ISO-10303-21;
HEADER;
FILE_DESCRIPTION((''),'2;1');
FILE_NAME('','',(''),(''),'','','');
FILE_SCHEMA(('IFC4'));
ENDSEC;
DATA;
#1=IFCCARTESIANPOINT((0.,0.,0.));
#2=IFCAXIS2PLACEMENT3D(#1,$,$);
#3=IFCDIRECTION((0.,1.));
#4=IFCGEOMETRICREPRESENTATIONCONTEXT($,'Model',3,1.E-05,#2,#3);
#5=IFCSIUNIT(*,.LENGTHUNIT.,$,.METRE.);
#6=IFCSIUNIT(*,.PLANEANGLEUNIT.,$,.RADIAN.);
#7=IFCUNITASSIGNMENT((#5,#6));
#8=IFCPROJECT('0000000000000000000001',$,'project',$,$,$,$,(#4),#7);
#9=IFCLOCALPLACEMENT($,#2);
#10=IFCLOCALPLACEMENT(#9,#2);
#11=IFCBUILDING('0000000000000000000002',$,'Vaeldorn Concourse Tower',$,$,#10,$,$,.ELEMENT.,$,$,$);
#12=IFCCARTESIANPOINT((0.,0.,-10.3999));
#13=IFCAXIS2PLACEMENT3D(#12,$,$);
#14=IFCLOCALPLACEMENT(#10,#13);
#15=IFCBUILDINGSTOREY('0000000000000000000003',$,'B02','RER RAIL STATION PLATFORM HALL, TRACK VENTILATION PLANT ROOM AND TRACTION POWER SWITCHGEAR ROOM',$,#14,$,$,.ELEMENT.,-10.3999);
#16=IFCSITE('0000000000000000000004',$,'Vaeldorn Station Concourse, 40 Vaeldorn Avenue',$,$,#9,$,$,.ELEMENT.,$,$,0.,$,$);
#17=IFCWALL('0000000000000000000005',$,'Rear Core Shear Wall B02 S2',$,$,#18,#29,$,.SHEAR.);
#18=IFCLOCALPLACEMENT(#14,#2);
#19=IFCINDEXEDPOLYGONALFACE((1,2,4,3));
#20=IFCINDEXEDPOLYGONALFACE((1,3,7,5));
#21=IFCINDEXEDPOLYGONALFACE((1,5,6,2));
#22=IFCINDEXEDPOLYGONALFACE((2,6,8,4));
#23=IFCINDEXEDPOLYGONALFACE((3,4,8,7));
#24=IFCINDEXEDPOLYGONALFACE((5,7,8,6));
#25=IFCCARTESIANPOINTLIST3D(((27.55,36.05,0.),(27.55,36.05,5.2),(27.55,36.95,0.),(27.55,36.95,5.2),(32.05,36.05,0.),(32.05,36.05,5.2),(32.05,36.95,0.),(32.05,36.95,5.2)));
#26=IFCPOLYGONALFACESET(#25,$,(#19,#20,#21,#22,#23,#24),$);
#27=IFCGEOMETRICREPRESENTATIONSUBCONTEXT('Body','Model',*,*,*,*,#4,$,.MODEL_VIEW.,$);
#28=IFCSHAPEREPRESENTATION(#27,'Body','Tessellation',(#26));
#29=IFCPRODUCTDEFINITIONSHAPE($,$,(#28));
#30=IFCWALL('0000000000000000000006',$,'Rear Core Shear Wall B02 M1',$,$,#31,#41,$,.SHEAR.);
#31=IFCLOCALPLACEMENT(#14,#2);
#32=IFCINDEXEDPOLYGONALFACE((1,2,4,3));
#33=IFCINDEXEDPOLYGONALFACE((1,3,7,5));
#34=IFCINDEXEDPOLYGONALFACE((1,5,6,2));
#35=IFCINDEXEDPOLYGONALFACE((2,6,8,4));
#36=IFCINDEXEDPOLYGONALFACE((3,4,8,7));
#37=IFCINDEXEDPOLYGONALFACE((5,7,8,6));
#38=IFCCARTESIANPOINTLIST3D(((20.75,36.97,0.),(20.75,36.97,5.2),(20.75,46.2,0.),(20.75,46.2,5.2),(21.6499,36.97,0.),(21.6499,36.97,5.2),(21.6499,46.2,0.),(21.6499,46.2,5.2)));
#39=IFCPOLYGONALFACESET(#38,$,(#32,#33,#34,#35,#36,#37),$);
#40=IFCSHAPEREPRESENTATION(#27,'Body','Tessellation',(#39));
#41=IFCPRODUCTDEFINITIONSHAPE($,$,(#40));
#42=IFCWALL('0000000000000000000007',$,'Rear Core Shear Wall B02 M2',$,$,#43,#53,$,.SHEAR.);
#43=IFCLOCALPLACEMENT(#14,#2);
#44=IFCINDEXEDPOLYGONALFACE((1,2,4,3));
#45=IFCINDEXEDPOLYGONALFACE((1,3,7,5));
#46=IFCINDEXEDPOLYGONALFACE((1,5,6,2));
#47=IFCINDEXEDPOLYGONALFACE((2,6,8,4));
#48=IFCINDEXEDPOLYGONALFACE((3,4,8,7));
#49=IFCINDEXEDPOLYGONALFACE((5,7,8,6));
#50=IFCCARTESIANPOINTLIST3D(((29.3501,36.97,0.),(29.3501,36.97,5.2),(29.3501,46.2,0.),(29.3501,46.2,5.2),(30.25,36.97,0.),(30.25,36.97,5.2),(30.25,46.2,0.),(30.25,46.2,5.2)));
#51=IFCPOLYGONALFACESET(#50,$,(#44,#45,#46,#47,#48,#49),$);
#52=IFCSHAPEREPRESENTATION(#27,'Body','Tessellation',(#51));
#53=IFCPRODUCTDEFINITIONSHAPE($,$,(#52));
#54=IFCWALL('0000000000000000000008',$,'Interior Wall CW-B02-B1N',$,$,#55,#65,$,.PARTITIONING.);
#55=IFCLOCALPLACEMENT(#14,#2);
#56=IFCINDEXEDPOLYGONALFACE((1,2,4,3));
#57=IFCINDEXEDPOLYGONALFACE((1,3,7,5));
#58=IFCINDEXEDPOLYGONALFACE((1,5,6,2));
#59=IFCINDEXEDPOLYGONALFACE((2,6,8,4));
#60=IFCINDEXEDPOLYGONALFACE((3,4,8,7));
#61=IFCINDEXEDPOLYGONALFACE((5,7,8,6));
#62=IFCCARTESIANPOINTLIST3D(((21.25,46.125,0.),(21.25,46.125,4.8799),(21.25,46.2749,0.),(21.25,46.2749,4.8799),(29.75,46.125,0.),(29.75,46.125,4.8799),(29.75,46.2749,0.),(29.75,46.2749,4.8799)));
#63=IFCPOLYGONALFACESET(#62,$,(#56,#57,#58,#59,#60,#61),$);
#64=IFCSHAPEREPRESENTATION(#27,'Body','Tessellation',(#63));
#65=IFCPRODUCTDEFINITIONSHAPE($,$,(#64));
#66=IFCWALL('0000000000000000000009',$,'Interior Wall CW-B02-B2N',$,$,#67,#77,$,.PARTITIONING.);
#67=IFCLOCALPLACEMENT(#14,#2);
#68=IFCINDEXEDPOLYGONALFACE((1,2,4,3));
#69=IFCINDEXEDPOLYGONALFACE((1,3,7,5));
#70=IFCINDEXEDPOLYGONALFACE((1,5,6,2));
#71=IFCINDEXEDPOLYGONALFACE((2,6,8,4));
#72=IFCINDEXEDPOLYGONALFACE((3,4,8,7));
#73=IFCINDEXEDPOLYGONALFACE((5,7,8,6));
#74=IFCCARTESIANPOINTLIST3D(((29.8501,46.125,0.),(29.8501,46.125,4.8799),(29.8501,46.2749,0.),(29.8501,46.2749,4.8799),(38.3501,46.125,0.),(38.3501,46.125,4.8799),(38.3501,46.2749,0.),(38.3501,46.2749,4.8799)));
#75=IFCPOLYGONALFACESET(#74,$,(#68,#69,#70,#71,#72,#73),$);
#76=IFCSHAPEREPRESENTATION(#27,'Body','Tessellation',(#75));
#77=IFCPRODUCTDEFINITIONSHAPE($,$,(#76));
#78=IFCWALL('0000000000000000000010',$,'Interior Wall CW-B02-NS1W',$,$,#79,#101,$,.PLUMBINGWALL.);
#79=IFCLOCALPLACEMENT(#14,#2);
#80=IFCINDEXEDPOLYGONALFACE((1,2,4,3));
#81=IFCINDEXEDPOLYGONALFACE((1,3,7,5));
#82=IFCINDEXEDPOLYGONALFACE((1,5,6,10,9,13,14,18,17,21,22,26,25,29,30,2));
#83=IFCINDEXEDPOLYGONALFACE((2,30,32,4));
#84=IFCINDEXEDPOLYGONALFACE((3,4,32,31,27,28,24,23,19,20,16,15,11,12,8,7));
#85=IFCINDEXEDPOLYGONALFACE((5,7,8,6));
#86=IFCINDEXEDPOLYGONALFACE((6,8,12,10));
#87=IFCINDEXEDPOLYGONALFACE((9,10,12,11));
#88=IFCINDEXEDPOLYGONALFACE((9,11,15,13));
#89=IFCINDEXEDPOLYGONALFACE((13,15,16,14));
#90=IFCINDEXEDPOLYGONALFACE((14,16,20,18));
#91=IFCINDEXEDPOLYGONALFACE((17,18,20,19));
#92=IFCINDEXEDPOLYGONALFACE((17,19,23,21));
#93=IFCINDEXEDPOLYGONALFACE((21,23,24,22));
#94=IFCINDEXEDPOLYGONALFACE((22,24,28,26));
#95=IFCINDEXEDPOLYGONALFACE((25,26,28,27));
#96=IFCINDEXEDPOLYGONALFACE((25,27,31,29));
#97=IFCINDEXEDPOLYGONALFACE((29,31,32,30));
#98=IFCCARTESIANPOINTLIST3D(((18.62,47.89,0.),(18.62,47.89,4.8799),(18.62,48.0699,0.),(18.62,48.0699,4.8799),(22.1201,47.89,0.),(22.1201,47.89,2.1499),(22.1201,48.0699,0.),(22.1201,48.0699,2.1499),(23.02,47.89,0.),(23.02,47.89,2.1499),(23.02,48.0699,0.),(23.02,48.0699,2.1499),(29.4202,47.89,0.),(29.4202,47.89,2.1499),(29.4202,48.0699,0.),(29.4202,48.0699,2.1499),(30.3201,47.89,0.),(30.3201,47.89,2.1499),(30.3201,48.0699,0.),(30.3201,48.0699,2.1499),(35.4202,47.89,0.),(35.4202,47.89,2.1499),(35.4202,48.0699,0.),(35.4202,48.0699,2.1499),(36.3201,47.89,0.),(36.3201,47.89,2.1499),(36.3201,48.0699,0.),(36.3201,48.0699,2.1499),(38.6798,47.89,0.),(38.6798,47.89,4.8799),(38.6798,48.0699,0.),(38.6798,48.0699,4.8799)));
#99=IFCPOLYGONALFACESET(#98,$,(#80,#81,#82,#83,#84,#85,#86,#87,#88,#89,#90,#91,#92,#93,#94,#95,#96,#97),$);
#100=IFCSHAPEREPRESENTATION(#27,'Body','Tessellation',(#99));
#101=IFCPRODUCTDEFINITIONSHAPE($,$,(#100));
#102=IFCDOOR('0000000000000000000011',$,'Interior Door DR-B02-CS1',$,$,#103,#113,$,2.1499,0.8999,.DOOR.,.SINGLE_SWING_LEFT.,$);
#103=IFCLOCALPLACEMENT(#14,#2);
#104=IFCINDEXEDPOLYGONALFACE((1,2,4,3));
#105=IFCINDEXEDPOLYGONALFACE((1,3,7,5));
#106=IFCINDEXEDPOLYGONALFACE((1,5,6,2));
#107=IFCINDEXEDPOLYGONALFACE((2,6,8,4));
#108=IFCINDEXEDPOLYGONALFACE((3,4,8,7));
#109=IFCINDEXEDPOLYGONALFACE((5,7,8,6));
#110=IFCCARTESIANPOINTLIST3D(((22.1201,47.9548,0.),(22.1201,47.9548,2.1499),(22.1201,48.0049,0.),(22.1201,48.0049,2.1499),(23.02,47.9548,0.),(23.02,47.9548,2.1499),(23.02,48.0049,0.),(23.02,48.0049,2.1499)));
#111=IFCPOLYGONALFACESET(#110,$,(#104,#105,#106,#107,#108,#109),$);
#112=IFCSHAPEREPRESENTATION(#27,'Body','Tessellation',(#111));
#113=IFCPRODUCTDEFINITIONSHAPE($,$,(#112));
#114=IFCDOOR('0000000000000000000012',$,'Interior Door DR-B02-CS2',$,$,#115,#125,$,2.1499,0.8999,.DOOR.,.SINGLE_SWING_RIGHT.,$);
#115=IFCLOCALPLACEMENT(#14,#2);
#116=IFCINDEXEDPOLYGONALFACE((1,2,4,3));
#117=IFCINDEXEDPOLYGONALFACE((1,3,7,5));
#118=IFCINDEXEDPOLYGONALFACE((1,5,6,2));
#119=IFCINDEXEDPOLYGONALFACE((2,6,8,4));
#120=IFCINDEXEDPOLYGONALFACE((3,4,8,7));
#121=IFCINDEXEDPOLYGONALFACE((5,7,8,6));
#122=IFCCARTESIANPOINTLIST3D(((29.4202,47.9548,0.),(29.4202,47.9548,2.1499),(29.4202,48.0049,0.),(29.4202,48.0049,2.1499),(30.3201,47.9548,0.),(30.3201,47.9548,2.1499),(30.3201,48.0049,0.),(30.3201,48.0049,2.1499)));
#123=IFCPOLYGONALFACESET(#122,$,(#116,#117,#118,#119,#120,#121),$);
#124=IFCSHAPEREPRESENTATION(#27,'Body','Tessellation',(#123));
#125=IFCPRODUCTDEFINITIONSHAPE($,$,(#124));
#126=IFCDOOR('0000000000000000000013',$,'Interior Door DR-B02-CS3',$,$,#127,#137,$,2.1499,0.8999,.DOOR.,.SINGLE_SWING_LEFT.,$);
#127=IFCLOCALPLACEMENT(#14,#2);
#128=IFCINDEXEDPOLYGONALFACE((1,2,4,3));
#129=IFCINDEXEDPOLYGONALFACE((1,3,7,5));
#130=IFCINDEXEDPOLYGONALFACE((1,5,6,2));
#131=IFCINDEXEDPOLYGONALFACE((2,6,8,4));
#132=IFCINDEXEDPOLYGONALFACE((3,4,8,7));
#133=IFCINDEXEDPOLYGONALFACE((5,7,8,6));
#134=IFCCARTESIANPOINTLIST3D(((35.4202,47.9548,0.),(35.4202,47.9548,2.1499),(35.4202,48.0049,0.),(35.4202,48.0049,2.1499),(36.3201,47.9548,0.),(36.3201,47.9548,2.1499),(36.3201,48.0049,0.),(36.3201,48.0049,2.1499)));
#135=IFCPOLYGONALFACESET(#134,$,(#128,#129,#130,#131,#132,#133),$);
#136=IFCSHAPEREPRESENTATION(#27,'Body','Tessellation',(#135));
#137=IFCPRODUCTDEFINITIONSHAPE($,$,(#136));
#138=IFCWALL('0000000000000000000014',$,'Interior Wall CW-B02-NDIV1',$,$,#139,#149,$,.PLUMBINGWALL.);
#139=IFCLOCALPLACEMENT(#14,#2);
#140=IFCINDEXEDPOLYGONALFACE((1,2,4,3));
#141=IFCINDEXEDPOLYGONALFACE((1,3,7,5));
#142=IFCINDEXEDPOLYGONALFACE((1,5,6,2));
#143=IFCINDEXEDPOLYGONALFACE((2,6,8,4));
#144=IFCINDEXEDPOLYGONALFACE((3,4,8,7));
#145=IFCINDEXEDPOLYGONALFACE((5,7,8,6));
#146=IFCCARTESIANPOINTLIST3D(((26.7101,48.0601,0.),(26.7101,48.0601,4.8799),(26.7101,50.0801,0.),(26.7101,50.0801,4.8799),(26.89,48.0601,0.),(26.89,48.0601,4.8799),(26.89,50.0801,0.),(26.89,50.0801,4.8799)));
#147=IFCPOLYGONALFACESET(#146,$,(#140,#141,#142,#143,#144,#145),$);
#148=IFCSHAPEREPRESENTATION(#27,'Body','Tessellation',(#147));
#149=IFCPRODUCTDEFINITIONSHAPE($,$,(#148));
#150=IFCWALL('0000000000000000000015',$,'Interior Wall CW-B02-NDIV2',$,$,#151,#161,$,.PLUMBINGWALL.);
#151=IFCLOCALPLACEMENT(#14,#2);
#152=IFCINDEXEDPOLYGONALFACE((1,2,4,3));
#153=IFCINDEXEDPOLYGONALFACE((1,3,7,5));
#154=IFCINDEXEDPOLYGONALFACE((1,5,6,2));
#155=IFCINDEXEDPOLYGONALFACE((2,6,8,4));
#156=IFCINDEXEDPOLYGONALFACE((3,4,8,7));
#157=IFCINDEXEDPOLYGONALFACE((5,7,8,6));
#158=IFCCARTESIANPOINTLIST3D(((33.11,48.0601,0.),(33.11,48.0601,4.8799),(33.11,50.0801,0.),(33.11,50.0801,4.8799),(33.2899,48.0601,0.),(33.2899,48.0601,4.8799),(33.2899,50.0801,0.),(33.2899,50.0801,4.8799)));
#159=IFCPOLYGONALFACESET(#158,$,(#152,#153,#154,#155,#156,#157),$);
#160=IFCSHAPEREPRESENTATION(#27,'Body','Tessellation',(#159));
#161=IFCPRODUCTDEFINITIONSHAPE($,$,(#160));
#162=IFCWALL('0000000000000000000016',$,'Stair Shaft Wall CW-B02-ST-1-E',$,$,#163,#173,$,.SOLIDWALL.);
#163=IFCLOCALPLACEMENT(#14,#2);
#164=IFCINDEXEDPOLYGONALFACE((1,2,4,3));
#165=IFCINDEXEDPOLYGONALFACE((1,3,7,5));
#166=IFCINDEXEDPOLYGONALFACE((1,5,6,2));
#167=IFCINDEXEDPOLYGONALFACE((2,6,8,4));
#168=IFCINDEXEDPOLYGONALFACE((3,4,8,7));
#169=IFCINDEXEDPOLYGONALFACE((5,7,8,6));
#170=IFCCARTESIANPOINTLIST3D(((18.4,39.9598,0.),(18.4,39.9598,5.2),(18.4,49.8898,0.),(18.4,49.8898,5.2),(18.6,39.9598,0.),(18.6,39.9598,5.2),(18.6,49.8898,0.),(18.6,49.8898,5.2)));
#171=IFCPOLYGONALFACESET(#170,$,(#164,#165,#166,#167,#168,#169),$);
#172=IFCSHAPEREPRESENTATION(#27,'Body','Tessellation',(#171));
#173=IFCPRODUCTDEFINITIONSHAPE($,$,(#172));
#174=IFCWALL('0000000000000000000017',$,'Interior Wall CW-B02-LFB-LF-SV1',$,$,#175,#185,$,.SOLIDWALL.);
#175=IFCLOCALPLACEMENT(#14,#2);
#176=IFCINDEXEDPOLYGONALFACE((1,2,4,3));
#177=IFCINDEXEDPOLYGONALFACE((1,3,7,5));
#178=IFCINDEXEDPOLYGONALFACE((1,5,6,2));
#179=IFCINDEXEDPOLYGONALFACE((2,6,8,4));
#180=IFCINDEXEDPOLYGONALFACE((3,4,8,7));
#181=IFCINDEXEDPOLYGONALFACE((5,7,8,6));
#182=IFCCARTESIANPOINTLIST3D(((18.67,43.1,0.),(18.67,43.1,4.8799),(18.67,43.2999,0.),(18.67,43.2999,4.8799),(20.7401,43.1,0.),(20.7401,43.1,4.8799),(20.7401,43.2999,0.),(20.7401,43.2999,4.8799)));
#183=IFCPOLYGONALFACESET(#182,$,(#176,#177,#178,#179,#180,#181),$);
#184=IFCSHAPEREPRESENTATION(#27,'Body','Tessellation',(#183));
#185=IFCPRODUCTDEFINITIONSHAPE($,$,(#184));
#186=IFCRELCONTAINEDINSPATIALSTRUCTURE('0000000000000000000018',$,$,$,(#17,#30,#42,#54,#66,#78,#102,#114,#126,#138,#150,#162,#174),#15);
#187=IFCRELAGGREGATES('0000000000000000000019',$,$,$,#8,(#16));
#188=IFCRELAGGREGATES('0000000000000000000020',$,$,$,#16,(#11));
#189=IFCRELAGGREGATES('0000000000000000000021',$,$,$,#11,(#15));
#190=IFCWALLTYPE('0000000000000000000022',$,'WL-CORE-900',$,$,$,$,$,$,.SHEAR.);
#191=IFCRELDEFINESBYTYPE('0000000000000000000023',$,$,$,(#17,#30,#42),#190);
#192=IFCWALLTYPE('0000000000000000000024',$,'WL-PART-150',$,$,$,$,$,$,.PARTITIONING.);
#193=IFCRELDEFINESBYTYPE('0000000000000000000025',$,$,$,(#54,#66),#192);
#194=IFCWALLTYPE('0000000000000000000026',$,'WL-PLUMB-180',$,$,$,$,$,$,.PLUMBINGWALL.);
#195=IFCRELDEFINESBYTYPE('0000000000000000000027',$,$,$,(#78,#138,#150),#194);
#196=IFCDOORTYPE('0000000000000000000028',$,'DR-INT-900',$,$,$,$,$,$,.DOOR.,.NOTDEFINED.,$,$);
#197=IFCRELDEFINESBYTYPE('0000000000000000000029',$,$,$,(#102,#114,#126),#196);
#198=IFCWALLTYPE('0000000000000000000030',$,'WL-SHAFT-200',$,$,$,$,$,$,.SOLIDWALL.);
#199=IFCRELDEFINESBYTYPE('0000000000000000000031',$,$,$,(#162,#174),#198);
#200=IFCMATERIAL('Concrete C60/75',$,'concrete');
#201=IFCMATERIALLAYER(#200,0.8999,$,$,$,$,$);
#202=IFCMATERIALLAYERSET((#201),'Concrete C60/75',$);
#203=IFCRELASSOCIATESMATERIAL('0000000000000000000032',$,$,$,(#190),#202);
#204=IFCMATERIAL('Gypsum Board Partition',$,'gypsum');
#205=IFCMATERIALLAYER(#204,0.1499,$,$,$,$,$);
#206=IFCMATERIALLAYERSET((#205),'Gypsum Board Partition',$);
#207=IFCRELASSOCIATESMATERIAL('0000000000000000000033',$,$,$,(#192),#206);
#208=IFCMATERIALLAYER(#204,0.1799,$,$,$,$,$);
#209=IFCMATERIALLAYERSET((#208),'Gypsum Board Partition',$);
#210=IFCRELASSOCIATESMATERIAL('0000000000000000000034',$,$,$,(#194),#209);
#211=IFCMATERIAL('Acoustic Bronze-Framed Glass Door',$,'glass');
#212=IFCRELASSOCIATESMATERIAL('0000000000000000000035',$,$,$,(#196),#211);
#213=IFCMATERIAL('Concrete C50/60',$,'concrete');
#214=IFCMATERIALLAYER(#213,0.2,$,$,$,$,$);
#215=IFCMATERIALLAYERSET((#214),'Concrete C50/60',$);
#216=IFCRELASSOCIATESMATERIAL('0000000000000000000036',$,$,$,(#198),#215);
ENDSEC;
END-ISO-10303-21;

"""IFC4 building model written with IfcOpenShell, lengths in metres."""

from ifc_helpers import new_model, si_unit, direction, frame, frame_2d, origin, place, context, subcontext, project, spatial, rectangle, extrude, source, transform, mapped, material, layer, layer_set, type_object, element, fill, save


model = new_model("IFC4")

# Units and contexts
model_context = context("Model", 3, precision=1e-05, world=origin(), true_north=direction((0.0, 1.0)))
body_context = subcontext(model_context, "Body", "Model", "MODEL_VIEW")
ifc_project = project(units=[si_unit("LENGTHUNIT", "METRE"), si_unit("PLANEANGLEUNIT", "RADIAN")], contexts=[model_context])

# Site, building, storey
site_placement = place(None, origin())
site = spatial("IfcSite", under=ifc_project, at=site_placement, Name="Vaeldorn Station Concourse, 40 Vaeldorn Avenue", CompositionType="ELEMENT", RefElevation=0.0)
building_placement = place(site_placement, origin())
building = spatial("IfcBuilding", under=site, at=building_placement, Name="Vaeldorn Concourse Tower", CompositionType="ELEMENT")
storey_placement = place(building_placement, frame((0.0, 0.0, -10.3999)))
storey = spatial("IfcBuildingStorey", under=building, at=storey_placement, Name="B02", Description="RER RAIL STATION PLATFORM HALL, TRACK VENTILATION PLANT ROOM AND TRACTION POWER SWITCHGEAR ROOM", CompositionType="ELEMENT", Elevation=-10.3999)

# Walls
ifc_material_1 = material(Name="Concrete C60/75", Category="concrete")
ifc_layer_1 = layer(ifc_material_1, 0.8999)
ifc_layer_set_1 = layer_set([ifc_layer_1], Name="Concrete C60/75")
wall_type_1 = type_object("IfcWallType", Name="WL-CORE-900", PredefinedType="SHEAR", material=ifc_layer_set_1)
wall_1_placement = place(storey_placement, frame((27.55, 36.5, 0.0), z_axis=(0.0, 0.0, 1.0), x_axis=(1.0, 0.0, 0.0)))
element("IfcWall", 1, at=wall_1_placement, inside=storey, type_object=wall_type_1, Name="Rear Core Shear Wall B02 S2", PredefinedType="SHEAR", context=body_context, shape_type="SweptSolid", body=[
    extrude(rectangle(XDim=4.5, YDim=0.8999, at=frame_2d((2.25, 0.0))), origin(), (0.0, 0.0, 1.0), 5.2),
])
for number, where, z_axis, x_axis, name in (
    (2, (21.2, 36.97, 0.0), (0.0, 0.0, 1.0), (0.0, 1.0, 0.0), "Rear Core Shear Wall B02 M1"),
    (3, (29.8, 36.97, 0.0), (0.0, 0.0, 1.0), (0.0, 1.0, 0.0), "Rear Core Shear Wall B02 M2"),
):
    element("IfcWall", number, at=place(storey_placement, frame(where, z_axis=z_axis, x_axis=x_axis)), inside=storey, type_object=wall_type_1, Name=name, PredefinedType="SHEAR", context=body_context, shape_type="SweptSolid", body=[
        extrude(rectangle(XDim=9.23, YDim=0.8999, at=frame_2d((4.615, 0.0))), origin(), (0.0, 0.0, 1.0), 5.2),
    ])
ifc_material_2 = material(Name="Gypsum Board Partition", Category="gypsum")
ifc_layer_2 = layer(ifc_material_2, 0.1499)
ifc_layer_set_2 = layer_set([ifc_layer_2], Name="Gypsum Board Partition")
wall_type_2 = type_object("IfcWallType", Name="WL-PART-150", PredefinedType="PARTITIONING", material=ifc_layer_set_2)
for number, where, z_axis, x_axis, name in (
    (4, (21.25, 46.2, 0.0), (0.0, 0.0, 1.0), (1.0, 0.0, 0.0), "Interior Wall CW-B02-B1N"),
    (5, (29.8501, 46.2, 0.0), (0.0, 0.0, 1.0), (1.0, 0.0, 0.0), "Interior Wall CW-B02-B2N"),
):
    element("IfcWall", number, at=place(storey_placement, frame(where, z_axis=z_axis, x_axis=x_axis)), inside=storey, type_object=wall_type_2, Name=name, PredefinedType="PARTITIONING", context=body_context, shape_type="SweptSolid", body=[
        extrude(rectangle(XDim=8.5, YDim=0.1499, at=frame_2d((4.25, 0.0))), origin(), (0.0, 0.0, 1.0), 4.8799),
    ])

# Wall, openings, doors
ifc_layer_3 = layer(ifc_material_2, 0.1799)
ifc_layer_set_3 = layer_set([ifc_layer_3], Name="Gypsum Board Partition")
wall_type_3 = type_object("IfcWallType", Name="WL-PLUMB-180", PredefinedType="PLUMBINGWALL", material=ifc_layer_set_3)
wall_2_placement = place(storey_placement, frame((18.6201, 47.98, 0.0), z_axis=(0.0, 0.0, 1.0), x_axis=(1.0, 0.0, 0.0)))
wall_2 = element("IfcWall", 6, at=wall_2_placement, inside=storey, type_object=wall_type_3, Name="Interior Wall CW-B02-NS1W", PredefinedType="PLUMBINGWALL", context=body_context, shape_type="SweptSolid", body=[
    extrude(rectangle(XDim=20.0598, YDim=0.1799, at=frame_2d((10.0298, 0.0))), origin(), (0.0, 0.0, 1.0), 4.8799),
])
opening_1_placement = place(wall_2_placement, frame((3.5, 0.0, 0.0)))
opening_1 = element("IfcOpeningElement", 7, at=opening_1_placement, cuts=wall_2, PredefinedType="OPENING", context=body_context, shape_type="SweptSolid", body=[
    extrude(rectangle(XDim=0.8999, YDim=2.1499, at=frame_2d((0.45, 1.075))), frame((0.0, 0.1001, 0.0), z_axis=(0.0, -1.0, 0.0), x_axis=(1.0, 0.0, 0.0)), (0.0, 0.0, 1.0), 0.2),
])
opening_2_placement = place(wall_2_placement, frame((10.8, 0.0, 0.0)))
opening_2 = element("IfcOpeningElement", 8, at=opening_2_placement, cuts=wall_2, PredefinedType="OPENING", context=body_context, shape_type="SweptSolid", body=[
    extrude(rectangle(XDim=0.8999, YDim=2.1499, at=frame_2d((0.45, 1.075))), frame((0.0, 0.1001, 0.0), z_axis=(0.0, -1.0, 0.0), x_axis=(1.0, 0.0, 0.0)), (0.0, 0.0, 1.0), 0.2),
])
opening_3_placement = place(wall_2_placement, frame((16.8, 0.0, 0.0)))
opening_3 = element("IfcOpeningElement", 9, at=opening_3_placement, cuts=wall_2, PredefinedType="OPENING", context=body_context, shape_type="SweptSolid", body=[
    extrude(rectangle(XDim=0.8999, YDim=2.1499, at=frame_2d((0.45, 1.075))), frame((0.0, 0.1001, 0.0), z_axis=(0.0, -1.0, 0.0), x_axis=(1.0, 0.0, 0.0)), (0.0, 0.0, 1.0), 0.2),
])
ifc_material_3 = material(Name="Acoustic Bronze-Framed Glass Door", Category="glass")
door_type_1 = type_object("IfcDoorType", Name="DR-INT-900", OperationType="NOTDEFINED", PredefinedType="DOOR", material=ifc_material_3)
shared_shape_1 = source(origin(), body_context, "Body", "SweptSolid", [
    extrude(rectangle(XDim=0.8999, YDim=2.1499, at=frame_2d((0.45, 1.075))), frame((0.0, 0.0249, 0.0), z_axis=(0.0, -1.0, 0.0), x_axis=(1.0, 0.0, 0.0)), (0.0, 0.0, 1.0), 0.05),
])
door_1_placement = place(opening_1_placement, origin())
door_1 = element("IfcDoor", 10, at=door_1_placement, inside=storey, type_object=door_type_1, Name="Interior Door DR-B02-CS1", OperationType="SINGLE_SWING_LEFT", OverallHeight=2.1499, OverallWidth=0.8999, PredefinedType="DOOR", context=body_context, shape_type="MappedRepresentation", body=[
    mapped(shared_shape_1, transform((0.0, 0.0, 0.0), scale=1.0)),
])
fill(opening_1, door_1)
door_2_placement = place(opening_2_placement, origin())
door_2 = element("IfcDoor", 11, at=door_2_placement, inside=storey, type_object=door_type_1, Name="Interior Door DR-B02-CS2", OperationType="SINGLE_SWING_RIGHT", OverallHeight=2.1499, OverallWidth=0.8999, PredefinedType="DOOR", context=body_context, shape_type="MappedRepresentation", body=[
    mapped(shared_shape_1, transform((0.0, 0.0, 0.0), scale=1.0)),
])
fill(opening_2, door_2)
door_3_placement = place(opening_3_placement, origin())
door_3 = element("IfcDoor", 12, at=door_3_placement, inside=storey, type_object=door_type_1, Name="Interior Door DR-B02-CS3", OperationType="SINGLE_SWING_LEFT", OverallHeight=2.1499, OverallWidth=0.8999, PredefinedType="DOOR", context=body_context, shape_type="MappedRepresentation", body=[
    mapped(shared_shape_1, transform((0.0, 0.0, 0.0), scale=1.0)),
])
fill(opening_3, door_3)

# Walls
for number, where, z_axis, x_axis, name in (
    (13, (26.8, 48.0601, 0.0), (0.0, 0.0, 1.0), (0.0, 1.0, 0.0), "Interior Wall CW-B02-NDIV1"),
    (14, (33.2, 48.0601, 0.0), (0.0, 0.0, 1.0), (0.0, 1.0, 0.0), "Interior Wall CW-B02-NDIV2"),
):
    element("IfcWall", number, at=place(storey_placement, frame(where, z_axis=z_axis, x_axis=x_axis)), inside=storey, type_object=wall_type_3, Name=name, PredefinedType="PLUMBINGWALL", context=body_context, shape_type="SweptSolid", body=[
        extrude(rectangle(XDim=2.02, YDim=0.1799, at=frame_2d((1.01, 0.0))), origin(), (0.0, 0.0, 1.0), 4.8799),
    ])
ifc_material_4 = material(Name="Concrete C50/60", Category="concrete")
ifc_layer_4 = layer(ifc_material_4, 0.2)
ifc_layer_set_4 = layer_set([ifc_layer_4], Name="Concrete C50/60")
wall_type_4 = type_object("IfcWallType", Name="WL-SHAFT-200", PredefinedType="SOLIDWALL", material=ifc_layer_set_4)
wall_3_placement = place(storey_placement, frame((18.5, 39.96, 0.0), z_axis=(0.0, 0.0, 1.0), x_axis=(0.0, 1.0, 0.0)))
element("IfcWall", 15, at=wall_3_placement, inside=storey, type_object=wall_type_4, Name="Stair Shaft Wall CW-B02-ST-1-E", PredefinedType="SOLIDWALL", context=body_context, shape_type="SweptSolid", body=[
    extrude(rectangle(XDim=9.9299, YDim=0.2, at=frame_2d((4.9648, 0.0))), origin(), (0.0, 0.0, 1.0), 5.2),
])

# Wall
wall_4_placement = place(storey_placement, frame((18.6699, 43.2, 0.0), z_axis=(0.0, 0.0, 1.0), x_axis=(1.0, 0.0, 0.0)))
element("IfcWall", 16, at=wall_4_placement, inside=storey, type_object=wall_type_4, Name="Interior Wall CW-B02-LFB-LF-SV1", PredefinedType="SOLIDWALL", context=body_context, shape_type="SweptSolid", body=[
    extrude(rectangle(XDim=2.0701, YDim=0.2, at=frame_2d((1.0352, 0.0))), origin(), (0.0, 0.0, 1.0), 4.8799),
])

save(model, "model.ifc")
